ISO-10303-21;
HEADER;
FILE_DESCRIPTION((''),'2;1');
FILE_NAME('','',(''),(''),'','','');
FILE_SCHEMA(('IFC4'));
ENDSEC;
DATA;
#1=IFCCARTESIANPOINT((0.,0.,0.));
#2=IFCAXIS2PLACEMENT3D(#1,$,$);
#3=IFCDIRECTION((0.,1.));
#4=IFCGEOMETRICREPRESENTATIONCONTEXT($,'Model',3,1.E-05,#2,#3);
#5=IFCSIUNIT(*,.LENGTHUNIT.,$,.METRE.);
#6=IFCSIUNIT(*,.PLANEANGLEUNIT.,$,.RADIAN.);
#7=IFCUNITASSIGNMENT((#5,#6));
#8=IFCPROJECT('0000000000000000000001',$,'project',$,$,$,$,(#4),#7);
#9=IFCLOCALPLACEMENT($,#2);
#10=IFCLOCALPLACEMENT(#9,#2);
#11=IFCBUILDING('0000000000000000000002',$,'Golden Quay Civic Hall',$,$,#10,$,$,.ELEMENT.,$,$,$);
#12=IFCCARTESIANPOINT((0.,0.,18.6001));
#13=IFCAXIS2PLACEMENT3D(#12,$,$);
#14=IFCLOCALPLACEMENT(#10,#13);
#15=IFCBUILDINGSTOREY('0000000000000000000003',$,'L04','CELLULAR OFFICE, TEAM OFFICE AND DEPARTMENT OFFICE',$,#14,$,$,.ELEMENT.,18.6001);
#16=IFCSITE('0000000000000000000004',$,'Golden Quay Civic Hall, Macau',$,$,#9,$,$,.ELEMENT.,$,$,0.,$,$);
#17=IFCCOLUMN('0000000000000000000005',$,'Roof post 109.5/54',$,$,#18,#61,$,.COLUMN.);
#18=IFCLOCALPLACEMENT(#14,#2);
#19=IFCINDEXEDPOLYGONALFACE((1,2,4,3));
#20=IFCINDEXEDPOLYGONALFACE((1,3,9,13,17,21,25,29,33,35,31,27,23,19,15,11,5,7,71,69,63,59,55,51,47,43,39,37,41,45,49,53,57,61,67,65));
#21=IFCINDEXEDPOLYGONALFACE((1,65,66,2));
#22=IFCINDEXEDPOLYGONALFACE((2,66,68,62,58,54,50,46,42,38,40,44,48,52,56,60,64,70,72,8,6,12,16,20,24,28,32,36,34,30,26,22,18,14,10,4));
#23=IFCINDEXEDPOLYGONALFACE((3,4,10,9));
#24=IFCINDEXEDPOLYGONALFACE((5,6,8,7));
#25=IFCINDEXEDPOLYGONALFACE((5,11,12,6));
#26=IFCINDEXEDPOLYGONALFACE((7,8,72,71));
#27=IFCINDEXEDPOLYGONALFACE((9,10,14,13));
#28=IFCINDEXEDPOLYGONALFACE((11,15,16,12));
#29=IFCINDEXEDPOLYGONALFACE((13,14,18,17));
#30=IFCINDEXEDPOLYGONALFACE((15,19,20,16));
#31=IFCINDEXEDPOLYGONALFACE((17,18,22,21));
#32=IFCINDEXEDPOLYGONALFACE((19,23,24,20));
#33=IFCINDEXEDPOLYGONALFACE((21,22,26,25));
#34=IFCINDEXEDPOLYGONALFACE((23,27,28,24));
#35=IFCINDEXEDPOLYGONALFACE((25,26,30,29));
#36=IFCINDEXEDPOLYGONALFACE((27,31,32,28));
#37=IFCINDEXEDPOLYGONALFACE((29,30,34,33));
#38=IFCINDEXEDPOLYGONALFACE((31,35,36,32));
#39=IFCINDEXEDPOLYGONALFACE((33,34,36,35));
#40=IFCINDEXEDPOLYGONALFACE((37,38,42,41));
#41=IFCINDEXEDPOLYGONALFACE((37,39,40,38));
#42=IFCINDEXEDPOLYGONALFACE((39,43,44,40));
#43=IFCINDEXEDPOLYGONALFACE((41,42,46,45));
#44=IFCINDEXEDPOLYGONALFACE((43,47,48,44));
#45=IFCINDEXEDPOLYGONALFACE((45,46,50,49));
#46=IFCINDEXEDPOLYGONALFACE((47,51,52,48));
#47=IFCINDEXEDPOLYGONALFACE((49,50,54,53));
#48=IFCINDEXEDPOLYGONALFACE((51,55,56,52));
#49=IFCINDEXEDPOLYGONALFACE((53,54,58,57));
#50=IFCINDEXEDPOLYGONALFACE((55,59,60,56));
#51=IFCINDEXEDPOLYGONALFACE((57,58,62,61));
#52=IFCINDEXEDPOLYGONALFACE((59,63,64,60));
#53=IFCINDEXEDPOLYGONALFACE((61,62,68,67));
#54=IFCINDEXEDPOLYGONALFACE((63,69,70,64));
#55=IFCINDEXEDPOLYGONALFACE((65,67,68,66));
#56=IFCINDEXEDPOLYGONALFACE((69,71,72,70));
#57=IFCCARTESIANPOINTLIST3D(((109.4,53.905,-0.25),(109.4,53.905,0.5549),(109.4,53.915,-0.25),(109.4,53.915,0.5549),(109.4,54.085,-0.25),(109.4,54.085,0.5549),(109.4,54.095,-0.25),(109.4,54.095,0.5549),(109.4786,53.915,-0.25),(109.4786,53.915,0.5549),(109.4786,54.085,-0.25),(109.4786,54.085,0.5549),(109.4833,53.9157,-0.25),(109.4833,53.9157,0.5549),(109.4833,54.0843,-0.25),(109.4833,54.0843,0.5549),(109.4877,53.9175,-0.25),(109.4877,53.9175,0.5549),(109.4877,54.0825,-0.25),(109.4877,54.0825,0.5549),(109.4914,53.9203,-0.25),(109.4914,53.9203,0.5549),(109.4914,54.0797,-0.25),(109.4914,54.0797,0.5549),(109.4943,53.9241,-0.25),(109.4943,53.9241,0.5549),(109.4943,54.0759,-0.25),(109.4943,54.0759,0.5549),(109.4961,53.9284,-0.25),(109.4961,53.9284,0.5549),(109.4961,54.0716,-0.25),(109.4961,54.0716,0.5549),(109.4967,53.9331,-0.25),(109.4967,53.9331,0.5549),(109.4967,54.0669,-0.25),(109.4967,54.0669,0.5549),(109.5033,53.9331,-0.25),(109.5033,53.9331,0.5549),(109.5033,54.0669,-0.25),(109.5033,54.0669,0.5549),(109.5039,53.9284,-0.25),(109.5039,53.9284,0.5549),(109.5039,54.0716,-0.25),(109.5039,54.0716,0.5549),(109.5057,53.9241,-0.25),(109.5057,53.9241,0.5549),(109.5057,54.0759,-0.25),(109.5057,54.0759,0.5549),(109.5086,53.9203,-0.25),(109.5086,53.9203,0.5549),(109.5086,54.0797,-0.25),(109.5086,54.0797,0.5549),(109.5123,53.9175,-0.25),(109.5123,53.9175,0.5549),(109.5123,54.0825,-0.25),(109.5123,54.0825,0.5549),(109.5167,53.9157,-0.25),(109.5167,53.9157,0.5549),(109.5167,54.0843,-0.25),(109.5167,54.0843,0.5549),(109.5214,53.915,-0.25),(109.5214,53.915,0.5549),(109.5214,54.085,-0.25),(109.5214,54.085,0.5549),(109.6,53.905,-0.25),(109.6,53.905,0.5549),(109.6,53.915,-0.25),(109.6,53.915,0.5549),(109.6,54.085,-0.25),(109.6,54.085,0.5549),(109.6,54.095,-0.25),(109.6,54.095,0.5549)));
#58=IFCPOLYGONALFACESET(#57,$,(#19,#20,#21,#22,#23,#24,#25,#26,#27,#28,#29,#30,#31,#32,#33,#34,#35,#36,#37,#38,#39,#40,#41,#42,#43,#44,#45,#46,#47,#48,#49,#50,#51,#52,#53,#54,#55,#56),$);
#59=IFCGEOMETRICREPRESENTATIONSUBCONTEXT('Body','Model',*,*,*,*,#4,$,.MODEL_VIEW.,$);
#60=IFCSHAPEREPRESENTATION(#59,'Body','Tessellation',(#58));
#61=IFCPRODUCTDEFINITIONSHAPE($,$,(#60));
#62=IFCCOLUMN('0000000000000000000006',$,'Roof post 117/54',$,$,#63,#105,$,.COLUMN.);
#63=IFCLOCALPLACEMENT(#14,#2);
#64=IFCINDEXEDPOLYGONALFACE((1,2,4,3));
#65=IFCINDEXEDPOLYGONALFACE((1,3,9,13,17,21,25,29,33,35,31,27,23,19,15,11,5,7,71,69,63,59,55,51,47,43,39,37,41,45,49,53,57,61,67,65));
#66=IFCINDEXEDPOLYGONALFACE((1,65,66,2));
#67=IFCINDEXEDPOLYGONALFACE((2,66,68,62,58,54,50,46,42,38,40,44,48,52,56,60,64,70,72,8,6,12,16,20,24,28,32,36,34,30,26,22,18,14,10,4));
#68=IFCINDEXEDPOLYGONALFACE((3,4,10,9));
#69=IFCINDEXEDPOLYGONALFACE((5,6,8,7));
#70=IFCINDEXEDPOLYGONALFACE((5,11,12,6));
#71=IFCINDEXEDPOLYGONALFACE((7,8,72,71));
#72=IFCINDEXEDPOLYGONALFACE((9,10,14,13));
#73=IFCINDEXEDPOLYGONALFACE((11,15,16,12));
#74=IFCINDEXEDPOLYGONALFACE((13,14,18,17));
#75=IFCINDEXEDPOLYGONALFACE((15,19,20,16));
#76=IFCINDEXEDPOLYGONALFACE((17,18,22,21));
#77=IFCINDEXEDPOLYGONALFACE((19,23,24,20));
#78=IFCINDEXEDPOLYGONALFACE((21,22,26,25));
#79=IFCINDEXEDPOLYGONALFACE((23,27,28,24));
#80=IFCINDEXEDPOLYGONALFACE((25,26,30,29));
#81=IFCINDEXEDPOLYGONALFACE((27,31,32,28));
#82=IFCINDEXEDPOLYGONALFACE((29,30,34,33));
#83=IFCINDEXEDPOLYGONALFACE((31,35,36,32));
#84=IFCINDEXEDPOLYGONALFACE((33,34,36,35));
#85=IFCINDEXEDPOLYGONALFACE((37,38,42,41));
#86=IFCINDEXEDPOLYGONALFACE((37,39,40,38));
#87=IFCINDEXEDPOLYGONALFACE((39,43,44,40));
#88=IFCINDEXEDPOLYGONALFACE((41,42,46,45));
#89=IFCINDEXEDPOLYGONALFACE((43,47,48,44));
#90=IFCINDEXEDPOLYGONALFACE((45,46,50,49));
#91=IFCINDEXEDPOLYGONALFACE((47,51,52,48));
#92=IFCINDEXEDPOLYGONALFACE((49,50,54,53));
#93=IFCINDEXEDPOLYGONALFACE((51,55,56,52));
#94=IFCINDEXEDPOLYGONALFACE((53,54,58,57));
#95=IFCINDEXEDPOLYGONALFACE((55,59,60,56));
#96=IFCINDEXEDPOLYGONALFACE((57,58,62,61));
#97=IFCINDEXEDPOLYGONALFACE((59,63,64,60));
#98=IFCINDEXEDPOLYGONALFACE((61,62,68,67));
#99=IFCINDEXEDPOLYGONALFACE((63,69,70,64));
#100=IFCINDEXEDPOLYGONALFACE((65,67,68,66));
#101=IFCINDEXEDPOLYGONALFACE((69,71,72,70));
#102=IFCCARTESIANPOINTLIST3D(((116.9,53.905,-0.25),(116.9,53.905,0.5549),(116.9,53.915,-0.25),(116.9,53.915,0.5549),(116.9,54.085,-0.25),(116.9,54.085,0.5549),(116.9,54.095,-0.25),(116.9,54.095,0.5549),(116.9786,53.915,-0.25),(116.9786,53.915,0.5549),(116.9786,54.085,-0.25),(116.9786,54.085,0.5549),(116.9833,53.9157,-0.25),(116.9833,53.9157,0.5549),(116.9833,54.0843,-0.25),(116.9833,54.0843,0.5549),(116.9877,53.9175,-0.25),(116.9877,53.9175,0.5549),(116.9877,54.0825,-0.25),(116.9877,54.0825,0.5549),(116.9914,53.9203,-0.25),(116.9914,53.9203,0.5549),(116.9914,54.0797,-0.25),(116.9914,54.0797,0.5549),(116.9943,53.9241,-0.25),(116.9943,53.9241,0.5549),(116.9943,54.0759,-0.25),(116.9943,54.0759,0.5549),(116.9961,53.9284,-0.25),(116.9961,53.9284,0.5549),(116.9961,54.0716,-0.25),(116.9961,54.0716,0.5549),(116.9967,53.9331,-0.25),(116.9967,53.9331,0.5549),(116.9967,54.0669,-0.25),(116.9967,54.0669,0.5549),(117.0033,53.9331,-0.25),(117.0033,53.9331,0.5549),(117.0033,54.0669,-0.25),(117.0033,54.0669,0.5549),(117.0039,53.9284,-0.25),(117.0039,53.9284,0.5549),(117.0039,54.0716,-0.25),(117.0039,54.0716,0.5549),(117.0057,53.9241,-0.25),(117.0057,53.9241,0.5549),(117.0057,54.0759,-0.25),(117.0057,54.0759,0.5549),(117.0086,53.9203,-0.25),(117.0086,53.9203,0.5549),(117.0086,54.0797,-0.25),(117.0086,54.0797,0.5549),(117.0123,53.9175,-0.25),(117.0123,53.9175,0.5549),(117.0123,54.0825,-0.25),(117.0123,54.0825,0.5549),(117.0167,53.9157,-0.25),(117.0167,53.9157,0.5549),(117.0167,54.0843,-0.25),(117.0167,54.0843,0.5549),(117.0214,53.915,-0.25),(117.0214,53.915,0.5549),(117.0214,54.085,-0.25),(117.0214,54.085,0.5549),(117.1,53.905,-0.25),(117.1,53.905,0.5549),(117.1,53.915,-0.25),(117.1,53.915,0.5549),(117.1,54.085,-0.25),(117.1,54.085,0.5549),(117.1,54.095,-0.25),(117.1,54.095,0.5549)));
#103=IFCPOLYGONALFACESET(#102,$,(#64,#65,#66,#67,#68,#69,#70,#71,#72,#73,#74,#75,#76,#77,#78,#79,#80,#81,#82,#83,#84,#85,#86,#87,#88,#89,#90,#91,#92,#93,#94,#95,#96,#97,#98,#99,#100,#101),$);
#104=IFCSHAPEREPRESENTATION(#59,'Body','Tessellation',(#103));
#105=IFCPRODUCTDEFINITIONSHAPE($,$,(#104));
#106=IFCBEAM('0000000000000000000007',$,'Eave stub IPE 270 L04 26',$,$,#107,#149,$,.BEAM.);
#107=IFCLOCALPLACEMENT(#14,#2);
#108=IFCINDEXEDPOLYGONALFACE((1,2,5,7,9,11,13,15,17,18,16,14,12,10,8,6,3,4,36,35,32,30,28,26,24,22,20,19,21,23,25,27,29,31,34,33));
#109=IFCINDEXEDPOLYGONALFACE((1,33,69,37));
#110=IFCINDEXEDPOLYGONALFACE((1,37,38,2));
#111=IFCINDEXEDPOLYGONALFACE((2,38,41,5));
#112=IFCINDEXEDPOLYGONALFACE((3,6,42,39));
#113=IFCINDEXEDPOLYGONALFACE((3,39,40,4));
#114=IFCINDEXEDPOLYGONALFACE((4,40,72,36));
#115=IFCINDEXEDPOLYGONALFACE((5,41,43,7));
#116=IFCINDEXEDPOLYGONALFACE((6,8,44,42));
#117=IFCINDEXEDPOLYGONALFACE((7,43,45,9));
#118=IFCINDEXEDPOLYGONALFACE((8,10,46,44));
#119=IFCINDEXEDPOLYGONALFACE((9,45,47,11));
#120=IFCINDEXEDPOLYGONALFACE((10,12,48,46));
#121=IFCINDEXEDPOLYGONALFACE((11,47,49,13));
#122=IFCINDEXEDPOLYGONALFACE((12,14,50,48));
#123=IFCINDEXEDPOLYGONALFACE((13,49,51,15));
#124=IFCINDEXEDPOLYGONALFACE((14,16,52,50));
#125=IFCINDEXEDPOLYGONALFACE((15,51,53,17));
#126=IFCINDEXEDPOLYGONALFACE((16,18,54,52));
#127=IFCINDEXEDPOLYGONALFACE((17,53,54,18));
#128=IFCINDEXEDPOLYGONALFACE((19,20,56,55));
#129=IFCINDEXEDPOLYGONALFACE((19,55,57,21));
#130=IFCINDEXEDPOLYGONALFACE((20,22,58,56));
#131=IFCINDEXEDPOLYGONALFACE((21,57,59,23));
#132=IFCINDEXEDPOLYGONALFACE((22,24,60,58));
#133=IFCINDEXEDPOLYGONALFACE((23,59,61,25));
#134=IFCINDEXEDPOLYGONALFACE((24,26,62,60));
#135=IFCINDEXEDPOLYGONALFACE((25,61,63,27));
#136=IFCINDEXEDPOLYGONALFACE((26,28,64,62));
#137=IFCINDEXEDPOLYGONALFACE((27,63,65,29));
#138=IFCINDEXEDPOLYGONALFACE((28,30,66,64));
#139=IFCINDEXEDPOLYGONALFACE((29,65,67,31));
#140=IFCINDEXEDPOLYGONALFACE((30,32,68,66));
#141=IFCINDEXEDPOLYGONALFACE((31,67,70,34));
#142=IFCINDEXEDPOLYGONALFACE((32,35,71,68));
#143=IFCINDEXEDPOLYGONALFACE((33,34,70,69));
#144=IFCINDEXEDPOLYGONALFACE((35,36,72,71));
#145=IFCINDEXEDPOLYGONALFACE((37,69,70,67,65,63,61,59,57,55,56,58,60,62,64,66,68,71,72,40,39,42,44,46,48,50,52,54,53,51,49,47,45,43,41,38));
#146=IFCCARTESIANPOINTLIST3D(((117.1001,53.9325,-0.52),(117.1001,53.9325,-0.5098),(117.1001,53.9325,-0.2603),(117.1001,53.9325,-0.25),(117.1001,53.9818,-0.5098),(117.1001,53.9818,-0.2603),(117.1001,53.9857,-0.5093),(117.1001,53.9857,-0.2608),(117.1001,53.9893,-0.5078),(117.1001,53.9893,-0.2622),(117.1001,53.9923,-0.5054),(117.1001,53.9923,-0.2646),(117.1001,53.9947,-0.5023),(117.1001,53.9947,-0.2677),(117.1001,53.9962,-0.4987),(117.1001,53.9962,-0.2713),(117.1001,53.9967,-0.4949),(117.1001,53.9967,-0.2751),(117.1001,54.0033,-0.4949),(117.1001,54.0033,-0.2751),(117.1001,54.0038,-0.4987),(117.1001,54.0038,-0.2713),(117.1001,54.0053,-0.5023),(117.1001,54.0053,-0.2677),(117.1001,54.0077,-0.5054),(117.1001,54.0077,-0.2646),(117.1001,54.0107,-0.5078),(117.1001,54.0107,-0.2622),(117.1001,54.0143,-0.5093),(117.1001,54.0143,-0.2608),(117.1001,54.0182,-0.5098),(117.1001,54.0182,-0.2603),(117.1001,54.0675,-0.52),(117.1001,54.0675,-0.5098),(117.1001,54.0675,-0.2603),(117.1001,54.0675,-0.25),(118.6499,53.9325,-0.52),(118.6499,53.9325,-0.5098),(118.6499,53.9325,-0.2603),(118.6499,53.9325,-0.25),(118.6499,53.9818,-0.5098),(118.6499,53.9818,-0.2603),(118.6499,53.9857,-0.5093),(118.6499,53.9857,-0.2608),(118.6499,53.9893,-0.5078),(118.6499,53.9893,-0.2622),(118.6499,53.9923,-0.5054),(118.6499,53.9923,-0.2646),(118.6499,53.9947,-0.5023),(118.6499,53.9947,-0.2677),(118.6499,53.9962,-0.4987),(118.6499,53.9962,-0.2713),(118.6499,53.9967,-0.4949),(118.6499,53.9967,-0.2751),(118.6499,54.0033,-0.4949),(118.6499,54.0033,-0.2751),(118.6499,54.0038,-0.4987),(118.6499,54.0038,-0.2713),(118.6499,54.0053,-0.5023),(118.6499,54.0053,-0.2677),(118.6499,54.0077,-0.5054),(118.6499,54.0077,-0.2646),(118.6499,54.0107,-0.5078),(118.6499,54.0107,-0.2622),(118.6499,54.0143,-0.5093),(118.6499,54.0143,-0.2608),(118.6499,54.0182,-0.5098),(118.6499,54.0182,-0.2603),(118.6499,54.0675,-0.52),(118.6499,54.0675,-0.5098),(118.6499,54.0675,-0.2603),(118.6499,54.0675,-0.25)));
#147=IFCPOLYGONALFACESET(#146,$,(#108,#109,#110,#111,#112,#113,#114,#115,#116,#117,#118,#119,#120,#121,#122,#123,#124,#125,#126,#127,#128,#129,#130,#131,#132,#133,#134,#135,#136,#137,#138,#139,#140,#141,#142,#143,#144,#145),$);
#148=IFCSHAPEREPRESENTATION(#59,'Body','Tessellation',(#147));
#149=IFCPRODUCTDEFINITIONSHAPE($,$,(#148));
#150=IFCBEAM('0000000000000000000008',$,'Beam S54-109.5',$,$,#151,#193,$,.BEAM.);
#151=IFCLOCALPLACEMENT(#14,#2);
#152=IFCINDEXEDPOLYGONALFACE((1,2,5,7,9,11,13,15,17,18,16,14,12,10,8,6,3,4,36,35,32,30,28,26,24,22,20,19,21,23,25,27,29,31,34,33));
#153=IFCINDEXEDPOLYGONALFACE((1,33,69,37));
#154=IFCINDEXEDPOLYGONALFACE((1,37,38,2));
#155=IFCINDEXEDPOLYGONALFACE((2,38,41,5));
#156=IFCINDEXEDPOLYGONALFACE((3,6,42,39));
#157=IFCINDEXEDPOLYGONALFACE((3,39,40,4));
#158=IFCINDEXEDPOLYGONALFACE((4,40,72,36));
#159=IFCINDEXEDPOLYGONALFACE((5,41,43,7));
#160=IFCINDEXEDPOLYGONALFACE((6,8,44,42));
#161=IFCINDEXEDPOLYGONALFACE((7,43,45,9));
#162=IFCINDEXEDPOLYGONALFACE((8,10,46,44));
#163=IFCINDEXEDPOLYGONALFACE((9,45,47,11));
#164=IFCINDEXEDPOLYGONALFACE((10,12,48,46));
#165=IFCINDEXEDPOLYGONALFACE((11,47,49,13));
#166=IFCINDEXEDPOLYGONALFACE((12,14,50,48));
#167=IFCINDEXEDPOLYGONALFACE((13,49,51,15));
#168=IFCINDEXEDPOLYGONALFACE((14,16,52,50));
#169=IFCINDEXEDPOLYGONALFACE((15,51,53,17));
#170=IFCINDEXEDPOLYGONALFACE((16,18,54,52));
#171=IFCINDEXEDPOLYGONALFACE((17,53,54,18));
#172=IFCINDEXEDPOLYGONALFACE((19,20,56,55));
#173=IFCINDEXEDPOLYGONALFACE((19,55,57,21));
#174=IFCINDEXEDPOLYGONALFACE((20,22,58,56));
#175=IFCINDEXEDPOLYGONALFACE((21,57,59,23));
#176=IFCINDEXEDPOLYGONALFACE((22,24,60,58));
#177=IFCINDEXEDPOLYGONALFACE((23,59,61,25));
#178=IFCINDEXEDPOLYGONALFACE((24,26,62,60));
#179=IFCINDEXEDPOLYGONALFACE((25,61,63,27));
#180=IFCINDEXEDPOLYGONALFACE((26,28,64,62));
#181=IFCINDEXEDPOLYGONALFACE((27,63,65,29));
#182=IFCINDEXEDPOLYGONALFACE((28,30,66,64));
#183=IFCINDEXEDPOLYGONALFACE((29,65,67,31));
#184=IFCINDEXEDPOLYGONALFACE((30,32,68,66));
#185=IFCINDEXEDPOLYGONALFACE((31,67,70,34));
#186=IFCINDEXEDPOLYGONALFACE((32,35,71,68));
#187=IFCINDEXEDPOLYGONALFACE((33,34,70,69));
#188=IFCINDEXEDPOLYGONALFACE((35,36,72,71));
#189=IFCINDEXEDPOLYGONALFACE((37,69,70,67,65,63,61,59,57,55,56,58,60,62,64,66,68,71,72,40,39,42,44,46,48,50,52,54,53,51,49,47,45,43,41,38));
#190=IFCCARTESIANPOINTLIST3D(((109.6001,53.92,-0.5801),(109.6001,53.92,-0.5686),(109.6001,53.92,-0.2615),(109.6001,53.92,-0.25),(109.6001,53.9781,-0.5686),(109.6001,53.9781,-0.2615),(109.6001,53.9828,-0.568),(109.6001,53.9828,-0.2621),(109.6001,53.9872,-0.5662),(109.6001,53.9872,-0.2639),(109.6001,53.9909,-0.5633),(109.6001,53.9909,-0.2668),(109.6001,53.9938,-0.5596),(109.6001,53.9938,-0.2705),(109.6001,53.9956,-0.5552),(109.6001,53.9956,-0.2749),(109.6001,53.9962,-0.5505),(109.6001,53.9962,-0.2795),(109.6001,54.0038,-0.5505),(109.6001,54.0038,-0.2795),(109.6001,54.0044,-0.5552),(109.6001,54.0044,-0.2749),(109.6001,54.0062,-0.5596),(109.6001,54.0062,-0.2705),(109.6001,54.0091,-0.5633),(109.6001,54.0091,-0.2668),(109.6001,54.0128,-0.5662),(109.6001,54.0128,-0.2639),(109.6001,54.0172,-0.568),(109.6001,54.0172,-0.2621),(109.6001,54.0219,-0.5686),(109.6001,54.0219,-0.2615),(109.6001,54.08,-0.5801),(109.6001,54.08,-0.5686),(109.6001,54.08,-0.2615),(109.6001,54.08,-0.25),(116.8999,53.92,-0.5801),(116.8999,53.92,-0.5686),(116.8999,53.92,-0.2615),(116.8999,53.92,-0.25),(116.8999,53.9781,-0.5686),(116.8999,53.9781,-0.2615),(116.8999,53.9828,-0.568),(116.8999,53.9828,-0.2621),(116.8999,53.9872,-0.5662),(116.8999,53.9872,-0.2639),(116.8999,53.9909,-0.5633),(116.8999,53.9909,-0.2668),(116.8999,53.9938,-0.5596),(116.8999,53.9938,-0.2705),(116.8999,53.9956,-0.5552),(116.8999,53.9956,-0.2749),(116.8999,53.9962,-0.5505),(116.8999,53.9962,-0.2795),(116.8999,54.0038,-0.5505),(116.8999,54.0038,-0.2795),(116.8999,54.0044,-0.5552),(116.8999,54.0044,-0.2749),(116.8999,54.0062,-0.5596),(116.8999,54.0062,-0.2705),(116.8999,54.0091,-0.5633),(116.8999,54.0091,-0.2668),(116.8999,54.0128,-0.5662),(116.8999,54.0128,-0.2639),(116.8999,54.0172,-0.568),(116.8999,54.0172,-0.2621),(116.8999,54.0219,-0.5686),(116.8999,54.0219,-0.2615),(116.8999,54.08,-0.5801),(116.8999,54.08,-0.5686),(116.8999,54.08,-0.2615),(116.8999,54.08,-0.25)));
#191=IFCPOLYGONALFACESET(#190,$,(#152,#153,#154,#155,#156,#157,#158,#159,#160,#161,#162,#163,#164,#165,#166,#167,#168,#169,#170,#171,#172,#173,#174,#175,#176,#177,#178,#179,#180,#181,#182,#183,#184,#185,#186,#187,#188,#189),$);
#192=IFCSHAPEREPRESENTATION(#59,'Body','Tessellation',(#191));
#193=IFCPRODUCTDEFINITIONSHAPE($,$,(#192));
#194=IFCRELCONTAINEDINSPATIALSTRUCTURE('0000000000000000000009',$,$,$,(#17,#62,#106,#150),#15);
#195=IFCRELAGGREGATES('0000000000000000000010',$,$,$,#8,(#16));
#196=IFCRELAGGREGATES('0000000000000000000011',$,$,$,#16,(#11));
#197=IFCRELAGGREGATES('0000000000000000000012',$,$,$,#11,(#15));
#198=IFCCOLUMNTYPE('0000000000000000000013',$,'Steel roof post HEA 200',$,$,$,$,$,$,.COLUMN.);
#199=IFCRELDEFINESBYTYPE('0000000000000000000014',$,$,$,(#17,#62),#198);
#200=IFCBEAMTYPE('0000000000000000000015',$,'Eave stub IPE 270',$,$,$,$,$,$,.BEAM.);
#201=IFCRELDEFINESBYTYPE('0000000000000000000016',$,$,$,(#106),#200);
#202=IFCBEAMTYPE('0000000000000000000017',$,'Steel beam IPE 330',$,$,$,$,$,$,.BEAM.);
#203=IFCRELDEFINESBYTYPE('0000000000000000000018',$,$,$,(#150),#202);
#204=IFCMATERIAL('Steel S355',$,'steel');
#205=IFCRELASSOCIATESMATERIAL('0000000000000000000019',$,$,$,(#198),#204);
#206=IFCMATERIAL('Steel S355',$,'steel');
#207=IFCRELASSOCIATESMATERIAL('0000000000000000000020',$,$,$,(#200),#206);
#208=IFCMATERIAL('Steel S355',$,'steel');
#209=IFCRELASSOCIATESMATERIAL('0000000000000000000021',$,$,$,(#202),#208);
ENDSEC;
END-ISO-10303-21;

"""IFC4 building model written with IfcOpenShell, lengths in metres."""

from ifc_helpers import new_model, si_unit, direction, frame, origin, origin_2d, place, context, subcontext, project, spatial, i_section, extrude, material, material_profile, profile_set, type_object, element, save


model = new_model("IFC4")

# Units and contexts
model_context = context("Model", 3, precision=1e-05, world=origin(), true_north=direction((0.0, 1.0)))
body_context = subcontext(model_context, "Body", "Model", "MODEL_VIEW")
ifc_project = project(units=[si_unit("LENGTHUNIT", "METRE"), si_unit("PLANEANGLEUNIT", "RADIAN")], contexts=[model_context])

# Site, building, storey
site_placement = place(None, origin())
site = spatial("IfcSite", under=ifc_project, at=site_placement, Name="Golden Quay Civic Hall, Macau", CompositionType="ELEMENT", RefElevation=0.0)
building_placement = place(site_placement, origin())
building = spatial("IfcBuilding", under=site, at=building_placement, Name="Golden Quay Civic Hall", CompositionType="ELEMENT")
storey_placement = place(building_placement, frame((0.0, 0.0, 18.6001)))
storey = spatial("IfcBuildingStorey", under=building, at=storey_placement, Name="L04", Description="CELLULAR OFFICE, TEAM OFFICE AND DEPARTMENT OFFICE", CompositionType="ELEMENT", Elevation=18.6001)

# Columns
ifc_material_1 = material(Name="Steel S355", Category="steel")
ifc_material_profile_1 = material_profile(ifc_material_1, i_section(OverallWidth=0.2, OverallDepth=0.1899, WebThickness=0.0066, FlangeThickness=0.01, FilletRadius=0.0181, at=origin_2d()), Name="HEA 200")
ifc_profile_set_1 = profile_set([ifc_material_profile_1], Name="Steel S355")
column_type = type_object("IfcColumnType", Name="Steel roof post HEA 200", PredefinedType="COLUMN", material=ifc_profile_set_1)
for number, where, z_axis, x_axis, name in (
    (1, (109.5, 54.0, -0.25), (0.0, 0.0, 1.0), (1.0, 0.0, 0.0), "Roof post 109.5/54"),
    (2, (117.0, 54.0, -0.25), (0.0, 0.0, 1.0), (1.0, 0.0, 0.0), "Roof post 117/54"),
):
    element("IfcColumn", number, at=place(storey_placement, frame(where, z_axis=z_axis, x_axis=x_axis)), inside=storey, type_object=column_type, Name=name, PredefinedType="COLUMN", context=body_context, shape_type="SweptSolid", body=[
        extrude(i_section(OverallWidth=0.2, OverallDepth=0.1899, WebThickness=0.0066, FlangeThickness=0.01, FilletRadius=0.0181, at=origin_2d()), origin(), (0.0, 0.0, 1.0), 0.8049),
    ])

# Beams
ifc_material_2 = material(Name="Steel S355", Category="steel")
ifc_material_profile_2 = material_profile(ifc_material_2, i_section(OverallWidth=0.135, OverallDepth=0.27, WebThickness=0.0066, FlangeThickness=0.0103, FilletRadius=0.0149, at=origin_2d()), Name="IPE 270")
ifc_profile_set_2 = profile_set([ifc_material_profile_2], Name="Steel S355")
beam_type_1 = type_object("IfcBeamType", Name="Eave stub IPE 270", PredefinedType="BEAM", material=ifc_profile_set_2)
beam_1_placement = place(storey_placement, frame((117.1001, 54.0, -0.385), z_axis=(1.0, 0.0, 0.0), x_axis=(0.0, 1.0, 0.0)))
element("IfcBeam", 3, at=beam_1_placement, inside=storey, type_object=beam_type_1, Name="Eave stub IPE 270 L04 26", PredefinedType="BEAM", context=body_context, shape_type="SweptSolid", body=[
    extrude(i_section(OverallWidth=0.135, OverallDepth=0.27, WebThickness=0.0066, FlangeThickness=0.0103, FilletRadius=0.0149, at=origin_2d()), origin(), (0.0, 0.0, 1.0), 1.5498),
])
ifc_material_3 = material(Name="Steel S355", Category="steel")
ifc_material_profile_3 = material_profile(ifc_material_3, i_section(OverallWidth=0.1599, OverallDepth=0.3301, WebThickness=0.0076, FlangeThickness=0.0115, FilletRadius=0.0181, at=origin_2d()), Name="IPE 330")
ifc_profile_set_3 = profile_set([ifc_material_profile_3], Name="Steel S355")
beam_type_2 = type_object("IfcBeamType", Name="Steel beam IPE 330", PredefinedType="BEAM", material=ifc_profile_set_3)
beam_2_placement = place(storey_placement, frame((109.6001, 54.0, -0.415), z_axis=(1.0, 0.0, 0.0), x_axis=(0.0, 1.0, 0.0)))
element("IfcBeam", 4, at=beam_2_placement, inside=storey, type_object=beam_type_2, Name="Beam S54-109.5", PredefinedType="BEAM", context=body_context, shape_type="SweptSolid", body=[
    extrude(i_section(OverallWidth=0.1599, OverallDepth=0.3301, WebThickness=0.0076, FlangeThickness=0.0115, FilletRadius=0.0181, at=origin_2d()), origin(), (0.0, 0.0, 1.0), 7.2998),
])

save(model, "model.ifc")
